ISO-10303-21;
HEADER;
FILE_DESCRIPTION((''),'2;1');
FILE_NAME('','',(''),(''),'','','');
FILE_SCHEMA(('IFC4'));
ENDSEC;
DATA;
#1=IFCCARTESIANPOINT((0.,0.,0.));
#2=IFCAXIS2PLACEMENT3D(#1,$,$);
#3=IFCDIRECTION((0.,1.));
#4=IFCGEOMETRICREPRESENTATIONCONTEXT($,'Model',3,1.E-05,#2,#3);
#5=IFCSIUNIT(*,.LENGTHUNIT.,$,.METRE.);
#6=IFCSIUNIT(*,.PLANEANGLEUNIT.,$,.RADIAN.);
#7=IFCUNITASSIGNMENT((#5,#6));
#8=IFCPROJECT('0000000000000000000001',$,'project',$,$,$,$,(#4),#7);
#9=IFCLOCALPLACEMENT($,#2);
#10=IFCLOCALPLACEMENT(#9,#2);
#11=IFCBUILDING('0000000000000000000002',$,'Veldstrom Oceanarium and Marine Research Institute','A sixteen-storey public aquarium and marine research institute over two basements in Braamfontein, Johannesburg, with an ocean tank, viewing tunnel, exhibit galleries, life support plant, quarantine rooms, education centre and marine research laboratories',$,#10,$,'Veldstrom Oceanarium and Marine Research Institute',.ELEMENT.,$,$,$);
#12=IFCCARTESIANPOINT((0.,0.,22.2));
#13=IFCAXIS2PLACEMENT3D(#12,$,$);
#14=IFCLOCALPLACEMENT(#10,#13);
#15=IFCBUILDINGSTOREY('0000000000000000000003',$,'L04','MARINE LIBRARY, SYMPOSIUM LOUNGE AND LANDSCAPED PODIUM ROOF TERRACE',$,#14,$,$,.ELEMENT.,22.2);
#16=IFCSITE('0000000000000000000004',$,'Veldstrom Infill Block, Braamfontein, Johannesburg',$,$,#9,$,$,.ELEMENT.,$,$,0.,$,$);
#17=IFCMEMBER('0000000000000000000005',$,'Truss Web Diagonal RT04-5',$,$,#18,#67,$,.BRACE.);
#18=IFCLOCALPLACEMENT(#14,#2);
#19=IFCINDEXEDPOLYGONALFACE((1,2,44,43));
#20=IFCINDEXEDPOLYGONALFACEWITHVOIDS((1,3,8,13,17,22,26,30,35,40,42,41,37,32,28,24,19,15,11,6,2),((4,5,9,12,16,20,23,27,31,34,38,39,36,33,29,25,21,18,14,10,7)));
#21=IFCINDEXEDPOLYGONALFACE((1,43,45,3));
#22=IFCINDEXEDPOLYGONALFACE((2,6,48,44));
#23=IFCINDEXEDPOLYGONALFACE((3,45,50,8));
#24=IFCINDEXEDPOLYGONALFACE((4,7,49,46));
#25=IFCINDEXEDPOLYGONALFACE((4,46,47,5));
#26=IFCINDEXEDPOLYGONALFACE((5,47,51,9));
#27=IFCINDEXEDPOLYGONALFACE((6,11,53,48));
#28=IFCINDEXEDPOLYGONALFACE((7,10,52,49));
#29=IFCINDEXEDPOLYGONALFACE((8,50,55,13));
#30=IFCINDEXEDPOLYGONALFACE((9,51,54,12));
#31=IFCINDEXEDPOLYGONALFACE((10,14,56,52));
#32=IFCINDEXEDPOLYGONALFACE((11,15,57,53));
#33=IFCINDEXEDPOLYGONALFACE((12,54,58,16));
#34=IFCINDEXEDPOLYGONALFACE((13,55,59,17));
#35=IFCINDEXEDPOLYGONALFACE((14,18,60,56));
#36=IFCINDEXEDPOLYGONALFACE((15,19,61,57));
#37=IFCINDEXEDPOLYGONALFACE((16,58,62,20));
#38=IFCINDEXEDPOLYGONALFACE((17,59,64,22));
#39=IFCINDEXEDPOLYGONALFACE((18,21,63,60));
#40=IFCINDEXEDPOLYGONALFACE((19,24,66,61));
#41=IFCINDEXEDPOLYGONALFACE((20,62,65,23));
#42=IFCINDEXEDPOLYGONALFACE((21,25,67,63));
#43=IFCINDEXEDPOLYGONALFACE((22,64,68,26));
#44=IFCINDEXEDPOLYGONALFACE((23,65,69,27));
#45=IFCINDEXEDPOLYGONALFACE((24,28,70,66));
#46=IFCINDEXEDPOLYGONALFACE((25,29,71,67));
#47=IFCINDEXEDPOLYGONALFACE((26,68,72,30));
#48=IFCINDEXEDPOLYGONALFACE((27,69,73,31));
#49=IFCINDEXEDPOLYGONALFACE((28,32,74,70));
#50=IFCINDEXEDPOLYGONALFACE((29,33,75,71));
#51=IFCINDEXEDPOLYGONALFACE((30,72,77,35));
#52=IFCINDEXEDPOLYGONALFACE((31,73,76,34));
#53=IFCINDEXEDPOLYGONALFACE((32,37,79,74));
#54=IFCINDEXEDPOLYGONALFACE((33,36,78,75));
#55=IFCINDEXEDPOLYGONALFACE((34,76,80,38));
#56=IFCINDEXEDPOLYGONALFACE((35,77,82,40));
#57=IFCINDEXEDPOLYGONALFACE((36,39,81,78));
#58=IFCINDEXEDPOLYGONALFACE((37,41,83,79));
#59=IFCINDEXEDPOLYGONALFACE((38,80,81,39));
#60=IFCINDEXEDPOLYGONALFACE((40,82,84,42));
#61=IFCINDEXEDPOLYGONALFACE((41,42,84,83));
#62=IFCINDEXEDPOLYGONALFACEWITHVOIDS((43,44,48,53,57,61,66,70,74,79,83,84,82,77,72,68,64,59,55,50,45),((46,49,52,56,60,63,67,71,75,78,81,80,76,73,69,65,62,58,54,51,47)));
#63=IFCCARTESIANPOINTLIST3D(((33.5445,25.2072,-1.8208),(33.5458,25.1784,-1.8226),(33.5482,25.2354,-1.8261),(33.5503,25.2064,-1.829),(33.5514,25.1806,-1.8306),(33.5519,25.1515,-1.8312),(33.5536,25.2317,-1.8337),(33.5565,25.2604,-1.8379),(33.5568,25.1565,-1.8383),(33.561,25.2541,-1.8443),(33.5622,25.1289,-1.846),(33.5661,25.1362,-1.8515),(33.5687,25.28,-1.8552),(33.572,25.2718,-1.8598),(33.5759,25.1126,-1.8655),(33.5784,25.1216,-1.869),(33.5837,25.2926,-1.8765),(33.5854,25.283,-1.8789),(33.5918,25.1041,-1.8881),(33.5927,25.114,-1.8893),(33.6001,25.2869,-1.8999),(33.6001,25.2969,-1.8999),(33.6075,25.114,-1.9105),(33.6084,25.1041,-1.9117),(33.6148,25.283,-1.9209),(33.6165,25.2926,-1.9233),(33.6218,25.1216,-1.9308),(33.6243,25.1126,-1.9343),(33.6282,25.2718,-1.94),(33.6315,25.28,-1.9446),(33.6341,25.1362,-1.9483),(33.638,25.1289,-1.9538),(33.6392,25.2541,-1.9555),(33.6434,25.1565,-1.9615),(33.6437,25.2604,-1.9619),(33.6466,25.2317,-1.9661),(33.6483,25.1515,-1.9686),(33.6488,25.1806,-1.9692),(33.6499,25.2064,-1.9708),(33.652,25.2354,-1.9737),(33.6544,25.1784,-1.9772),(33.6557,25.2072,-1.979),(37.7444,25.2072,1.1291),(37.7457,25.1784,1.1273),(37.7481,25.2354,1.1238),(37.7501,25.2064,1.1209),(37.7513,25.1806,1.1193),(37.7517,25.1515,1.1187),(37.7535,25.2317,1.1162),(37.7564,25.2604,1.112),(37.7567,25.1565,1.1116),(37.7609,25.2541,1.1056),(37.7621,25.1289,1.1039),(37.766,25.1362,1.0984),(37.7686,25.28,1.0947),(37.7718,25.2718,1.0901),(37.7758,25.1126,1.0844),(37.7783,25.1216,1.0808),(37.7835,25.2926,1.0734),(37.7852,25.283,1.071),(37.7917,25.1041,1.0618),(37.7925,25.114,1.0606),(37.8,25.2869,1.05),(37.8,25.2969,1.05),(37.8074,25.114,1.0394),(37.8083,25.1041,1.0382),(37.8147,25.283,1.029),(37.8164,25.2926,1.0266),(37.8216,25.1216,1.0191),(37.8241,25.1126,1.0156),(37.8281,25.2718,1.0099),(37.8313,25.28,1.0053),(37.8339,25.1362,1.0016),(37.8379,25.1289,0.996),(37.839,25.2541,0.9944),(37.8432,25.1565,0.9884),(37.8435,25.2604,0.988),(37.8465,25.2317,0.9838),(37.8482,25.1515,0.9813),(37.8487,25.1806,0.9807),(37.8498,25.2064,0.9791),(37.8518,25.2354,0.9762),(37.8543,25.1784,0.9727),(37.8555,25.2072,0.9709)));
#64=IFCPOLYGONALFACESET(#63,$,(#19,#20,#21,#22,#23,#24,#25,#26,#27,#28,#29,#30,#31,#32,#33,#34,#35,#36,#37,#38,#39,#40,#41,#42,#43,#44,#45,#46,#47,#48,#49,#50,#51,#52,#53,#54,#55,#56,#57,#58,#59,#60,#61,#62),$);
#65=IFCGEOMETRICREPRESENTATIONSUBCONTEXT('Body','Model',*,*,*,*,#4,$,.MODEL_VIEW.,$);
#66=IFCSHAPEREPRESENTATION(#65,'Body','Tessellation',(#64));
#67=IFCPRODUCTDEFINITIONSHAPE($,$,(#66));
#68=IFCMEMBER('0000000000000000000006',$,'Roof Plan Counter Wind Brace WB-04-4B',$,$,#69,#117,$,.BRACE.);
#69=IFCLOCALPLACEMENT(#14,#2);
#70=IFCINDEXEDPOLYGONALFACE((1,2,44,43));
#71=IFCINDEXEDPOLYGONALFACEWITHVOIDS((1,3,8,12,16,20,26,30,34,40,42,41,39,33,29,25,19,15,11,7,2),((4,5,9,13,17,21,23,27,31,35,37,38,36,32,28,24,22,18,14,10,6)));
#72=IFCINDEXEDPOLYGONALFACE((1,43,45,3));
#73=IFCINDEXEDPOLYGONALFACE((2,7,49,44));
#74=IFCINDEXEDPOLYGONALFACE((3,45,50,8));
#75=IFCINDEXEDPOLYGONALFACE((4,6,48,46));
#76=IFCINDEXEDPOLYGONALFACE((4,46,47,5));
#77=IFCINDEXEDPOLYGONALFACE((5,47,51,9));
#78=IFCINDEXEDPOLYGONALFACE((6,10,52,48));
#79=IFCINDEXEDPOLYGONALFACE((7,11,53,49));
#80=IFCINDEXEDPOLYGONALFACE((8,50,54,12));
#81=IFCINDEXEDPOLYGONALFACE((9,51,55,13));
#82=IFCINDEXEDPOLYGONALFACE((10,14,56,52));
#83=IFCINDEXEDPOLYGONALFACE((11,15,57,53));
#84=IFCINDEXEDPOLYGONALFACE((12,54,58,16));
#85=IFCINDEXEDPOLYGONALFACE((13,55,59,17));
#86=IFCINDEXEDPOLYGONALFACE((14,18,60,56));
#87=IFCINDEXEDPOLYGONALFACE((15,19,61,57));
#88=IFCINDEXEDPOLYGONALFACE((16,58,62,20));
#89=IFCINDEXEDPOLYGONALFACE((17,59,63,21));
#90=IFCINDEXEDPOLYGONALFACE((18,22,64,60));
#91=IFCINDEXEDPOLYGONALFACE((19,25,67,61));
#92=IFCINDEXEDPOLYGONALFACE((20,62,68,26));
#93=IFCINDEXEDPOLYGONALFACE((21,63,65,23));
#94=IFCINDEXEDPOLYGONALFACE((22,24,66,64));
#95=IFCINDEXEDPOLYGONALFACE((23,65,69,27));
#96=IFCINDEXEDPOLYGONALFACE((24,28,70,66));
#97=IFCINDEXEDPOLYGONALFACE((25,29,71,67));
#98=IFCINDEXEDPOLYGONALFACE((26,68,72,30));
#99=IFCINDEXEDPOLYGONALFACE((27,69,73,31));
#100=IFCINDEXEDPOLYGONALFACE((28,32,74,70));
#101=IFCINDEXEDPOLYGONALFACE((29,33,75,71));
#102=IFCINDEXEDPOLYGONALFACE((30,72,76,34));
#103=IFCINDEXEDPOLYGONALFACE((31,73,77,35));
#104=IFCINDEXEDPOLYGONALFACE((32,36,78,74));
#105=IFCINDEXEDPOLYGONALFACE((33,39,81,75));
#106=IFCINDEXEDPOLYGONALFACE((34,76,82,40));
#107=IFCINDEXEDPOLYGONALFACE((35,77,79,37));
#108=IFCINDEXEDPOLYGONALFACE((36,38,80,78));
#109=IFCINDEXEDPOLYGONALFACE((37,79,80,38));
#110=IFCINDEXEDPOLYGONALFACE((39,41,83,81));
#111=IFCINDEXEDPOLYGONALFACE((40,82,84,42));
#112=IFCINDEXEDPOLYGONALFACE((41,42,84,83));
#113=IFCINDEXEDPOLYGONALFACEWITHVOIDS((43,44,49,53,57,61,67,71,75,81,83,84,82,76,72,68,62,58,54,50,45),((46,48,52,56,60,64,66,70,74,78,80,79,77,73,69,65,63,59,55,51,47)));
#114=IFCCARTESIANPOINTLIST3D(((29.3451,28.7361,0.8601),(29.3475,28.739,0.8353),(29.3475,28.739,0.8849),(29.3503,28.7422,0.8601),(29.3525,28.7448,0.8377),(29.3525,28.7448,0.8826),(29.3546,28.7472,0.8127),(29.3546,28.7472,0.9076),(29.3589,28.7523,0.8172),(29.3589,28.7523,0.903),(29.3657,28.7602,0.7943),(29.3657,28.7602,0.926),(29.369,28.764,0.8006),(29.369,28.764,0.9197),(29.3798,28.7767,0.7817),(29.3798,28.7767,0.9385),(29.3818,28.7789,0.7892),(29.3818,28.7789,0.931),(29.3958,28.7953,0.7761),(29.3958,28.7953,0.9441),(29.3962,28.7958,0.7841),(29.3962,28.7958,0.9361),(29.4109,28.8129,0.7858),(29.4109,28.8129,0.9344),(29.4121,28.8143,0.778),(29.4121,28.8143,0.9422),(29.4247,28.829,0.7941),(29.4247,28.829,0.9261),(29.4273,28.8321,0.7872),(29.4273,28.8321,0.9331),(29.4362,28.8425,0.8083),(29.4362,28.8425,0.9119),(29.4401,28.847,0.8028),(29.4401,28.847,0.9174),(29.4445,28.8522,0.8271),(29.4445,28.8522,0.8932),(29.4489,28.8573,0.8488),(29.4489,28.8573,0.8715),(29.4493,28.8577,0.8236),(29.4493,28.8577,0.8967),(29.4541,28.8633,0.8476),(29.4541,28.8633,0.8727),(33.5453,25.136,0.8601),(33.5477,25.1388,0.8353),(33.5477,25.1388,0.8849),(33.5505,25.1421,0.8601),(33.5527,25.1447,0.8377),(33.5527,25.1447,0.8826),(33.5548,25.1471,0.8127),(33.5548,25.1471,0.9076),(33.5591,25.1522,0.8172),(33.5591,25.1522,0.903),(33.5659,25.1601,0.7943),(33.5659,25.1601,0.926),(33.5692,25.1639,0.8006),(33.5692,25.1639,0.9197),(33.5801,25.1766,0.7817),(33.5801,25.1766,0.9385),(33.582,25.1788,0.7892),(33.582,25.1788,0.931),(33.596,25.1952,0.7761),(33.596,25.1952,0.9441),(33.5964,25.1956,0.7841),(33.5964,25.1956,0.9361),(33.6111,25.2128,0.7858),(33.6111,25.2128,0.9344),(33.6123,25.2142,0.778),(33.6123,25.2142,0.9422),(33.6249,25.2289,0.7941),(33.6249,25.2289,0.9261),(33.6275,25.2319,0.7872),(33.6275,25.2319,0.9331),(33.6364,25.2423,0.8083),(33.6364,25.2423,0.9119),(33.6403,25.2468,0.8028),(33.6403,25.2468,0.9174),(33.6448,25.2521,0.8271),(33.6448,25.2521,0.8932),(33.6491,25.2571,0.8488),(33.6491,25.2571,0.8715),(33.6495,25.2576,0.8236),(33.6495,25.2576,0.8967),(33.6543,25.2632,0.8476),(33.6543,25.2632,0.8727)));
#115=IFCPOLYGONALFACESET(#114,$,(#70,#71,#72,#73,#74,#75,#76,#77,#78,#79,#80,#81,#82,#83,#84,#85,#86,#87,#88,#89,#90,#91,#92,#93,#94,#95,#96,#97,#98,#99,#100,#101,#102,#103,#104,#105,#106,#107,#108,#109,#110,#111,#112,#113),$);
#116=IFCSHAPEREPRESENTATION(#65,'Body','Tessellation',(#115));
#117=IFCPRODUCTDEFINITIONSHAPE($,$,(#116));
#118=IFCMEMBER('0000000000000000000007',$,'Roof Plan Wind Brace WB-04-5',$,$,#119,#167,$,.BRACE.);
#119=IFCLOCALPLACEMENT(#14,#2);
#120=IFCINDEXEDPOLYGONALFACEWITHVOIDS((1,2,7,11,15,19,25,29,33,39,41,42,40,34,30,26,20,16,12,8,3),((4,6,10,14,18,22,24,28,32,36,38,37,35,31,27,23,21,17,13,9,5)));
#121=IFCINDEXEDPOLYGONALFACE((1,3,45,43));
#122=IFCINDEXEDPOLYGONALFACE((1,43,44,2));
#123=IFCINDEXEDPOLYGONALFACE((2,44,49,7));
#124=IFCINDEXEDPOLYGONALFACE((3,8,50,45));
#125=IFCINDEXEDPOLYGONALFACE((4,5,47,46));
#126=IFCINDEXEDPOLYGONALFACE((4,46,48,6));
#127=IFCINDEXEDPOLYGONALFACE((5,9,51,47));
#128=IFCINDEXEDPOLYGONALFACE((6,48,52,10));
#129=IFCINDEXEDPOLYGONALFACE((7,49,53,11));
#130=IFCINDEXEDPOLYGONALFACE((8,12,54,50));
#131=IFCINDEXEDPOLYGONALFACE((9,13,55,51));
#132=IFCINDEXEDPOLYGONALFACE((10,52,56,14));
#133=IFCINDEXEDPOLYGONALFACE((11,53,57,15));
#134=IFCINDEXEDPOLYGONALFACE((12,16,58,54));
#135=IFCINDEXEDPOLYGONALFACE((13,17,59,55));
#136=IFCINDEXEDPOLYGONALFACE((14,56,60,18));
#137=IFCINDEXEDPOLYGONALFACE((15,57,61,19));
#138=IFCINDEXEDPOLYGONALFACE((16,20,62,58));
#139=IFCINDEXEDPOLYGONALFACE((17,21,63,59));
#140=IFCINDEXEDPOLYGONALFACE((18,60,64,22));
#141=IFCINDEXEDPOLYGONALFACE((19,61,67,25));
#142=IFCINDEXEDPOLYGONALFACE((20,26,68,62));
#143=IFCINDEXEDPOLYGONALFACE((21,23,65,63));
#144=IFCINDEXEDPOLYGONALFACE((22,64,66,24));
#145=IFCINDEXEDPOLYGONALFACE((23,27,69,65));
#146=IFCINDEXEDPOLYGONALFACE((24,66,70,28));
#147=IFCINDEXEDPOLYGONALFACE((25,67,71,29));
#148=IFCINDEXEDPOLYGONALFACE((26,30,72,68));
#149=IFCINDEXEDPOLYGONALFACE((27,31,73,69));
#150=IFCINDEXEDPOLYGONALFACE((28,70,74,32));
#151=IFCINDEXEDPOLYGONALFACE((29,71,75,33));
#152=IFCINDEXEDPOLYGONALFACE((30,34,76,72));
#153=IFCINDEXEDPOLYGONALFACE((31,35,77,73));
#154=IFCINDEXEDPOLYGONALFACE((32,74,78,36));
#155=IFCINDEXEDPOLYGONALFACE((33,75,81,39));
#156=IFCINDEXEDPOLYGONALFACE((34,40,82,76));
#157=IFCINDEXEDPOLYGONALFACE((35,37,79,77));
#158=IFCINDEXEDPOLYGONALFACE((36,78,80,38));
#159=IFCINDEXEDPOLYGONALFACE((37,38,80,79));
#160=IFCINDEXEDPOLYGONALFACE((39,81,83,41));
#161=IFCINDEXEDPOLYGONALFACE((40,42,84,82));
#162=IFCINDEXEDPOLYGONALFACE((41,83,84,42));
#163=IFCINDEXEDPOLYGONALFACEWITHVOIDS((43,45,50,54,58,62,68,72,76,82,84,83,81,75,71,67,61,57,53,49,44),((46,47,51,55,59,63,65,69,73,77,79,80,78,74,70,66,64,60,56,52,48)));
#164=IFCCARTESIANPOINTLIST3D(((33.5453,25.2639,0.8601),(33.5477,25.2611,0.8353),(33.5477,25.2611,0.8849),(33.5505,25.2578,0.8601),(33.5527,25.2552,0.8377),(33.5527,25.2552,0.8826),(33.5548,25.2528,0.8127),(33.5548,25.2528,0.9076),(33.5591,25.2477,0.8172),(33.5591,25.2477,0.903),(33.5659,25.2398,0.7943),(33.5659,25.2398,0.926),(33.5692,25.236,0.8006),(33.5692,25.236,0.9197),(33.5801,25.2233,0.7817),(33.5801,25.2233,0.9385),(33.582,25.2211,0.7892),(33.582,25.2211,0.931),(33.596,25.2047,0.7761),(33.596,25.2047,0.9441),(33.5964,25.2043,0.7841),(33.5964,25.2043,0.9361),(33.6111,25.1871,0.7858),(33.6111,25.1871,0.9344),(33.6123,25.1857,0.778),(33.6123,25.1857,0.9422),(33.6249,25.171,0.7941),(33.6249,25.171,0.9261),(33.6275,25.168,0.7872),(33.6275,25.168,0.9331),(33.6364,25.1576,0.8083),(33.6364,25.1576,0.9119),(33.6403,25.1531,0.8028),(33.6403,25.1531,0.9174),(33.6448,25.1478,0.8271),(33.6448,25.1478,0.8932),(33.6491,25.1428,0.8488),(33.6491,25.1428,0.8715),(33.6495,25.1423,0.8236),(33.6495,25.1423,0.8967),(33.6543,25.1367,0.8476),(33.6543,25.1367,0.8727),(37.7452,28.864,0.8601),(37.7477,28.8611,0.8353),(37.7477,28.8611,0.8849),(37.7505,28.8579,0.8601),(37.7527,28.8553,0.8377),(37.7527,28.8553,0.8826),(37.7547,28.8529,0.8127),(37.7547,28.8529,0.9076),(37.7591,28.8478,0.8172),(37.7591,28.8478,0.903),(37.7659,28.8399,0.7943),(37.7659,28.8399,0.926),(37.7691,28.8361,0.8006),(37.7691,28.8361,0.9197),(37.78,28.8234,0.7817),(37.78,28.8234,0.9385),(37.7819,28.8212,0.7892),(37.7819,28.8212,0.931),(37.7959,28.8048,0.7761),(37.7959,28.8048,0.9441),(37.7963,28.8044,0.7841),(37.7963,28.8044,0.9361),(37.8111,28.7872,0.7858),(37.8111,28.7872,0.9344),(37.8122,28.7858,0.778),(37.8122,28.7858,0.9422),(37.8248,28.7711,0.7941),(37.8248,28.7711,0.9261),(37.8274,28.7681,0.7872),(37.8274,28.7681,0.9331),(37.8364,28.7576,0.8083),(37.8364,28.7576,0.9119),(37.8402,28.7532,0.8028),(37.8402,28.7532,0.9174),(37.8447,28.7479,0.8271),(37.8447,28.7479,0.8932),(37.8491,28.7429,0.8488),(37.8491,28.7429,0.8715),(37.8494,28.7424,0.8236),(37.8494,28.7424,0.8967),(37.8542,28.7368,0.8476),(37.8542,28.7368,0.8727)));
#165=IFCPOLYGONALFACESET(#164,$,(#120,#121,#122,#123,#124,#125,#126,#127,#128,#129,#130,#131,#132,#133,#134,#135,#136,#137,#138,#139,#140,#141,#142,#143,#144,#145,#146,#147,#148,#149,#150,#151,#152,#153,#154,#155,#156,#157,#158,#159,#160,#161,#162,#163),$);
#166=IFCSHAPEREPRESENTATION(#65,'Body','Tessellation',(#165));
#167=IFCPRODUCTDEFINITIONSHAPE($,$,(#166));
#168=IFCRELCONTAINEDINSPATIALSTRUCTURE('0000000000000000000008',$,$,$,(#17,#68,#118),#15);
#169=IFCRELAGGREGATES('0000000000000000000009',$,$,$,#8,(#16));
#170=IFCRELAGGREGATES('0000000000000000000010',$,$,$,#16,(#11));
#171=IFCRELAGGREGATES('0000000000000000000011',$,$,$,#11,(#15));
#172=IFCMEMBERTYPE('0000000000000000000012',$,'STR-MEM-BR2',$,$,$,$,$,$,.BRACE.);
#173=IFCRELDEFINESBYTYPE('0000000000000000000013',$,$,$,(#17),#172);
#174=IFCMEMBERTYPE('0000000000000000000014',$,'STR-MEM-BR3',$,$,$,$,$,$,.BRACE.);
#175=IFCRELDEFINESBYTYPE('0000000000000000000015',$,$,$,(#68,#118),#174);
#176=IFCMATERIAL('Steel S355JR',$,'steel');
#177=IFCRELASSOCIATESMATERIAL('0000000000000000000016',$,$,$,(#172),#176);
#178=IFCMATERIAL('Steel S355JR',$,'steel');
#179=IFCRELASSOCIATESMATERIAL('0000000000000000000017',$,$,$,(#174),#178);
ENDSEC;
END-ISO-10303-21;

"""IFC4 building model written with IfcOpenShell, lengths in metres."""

from ifc_helpers import new_model, si_unit, direction, frame, origin, origin_2d, place, context, subcontext, project, spatial, hollow_circle, extrude, material, material_profile, profile_set, type_object, element, save


model = new_model("IFC4")

# Units and contexts
model_context = context("Model", 3, precision=1e-05, world=origin(), true_north=direction((0.0, 1.0)))
body_context = subcontext(model_context, "Body", "Model", "MODEL_VIEW")
ifc_project = project(units=[si_unit("LENGTHUNIT", "METRE"), si_unit("PLANEANGLEUNIT", "RADIAN")], contexts=[model_context])

# Site, building, storey
site_placement = place(None, origin())
site = spatial("IfcSite", under=ifc_project, at=site_placement, Name="Veldstrom Infill Block, Braamfontein, Johannesburg", CompositionType="ELEMENT", RefElevation=0.0)
building_placement = place(site_placement, origin())
building = spatial("IfcBuilding", under=site, at=building_placement, Name="Veldstrom Oceanarium and Marine Research Institute", Description="A sixteen-storey public aquarium and marine research institute over two basements in Braamfontein, Johannesburg, with an ocean tank, viewing tunnel, exhibit galleries, life support plant, quarantine rooms, education centre and marine research laboratories", LongName="Veldstrom Oceanarium and Marine Research Institute", CompositionType="ELEMENT")
storey_placement = place(building_placement, frame((0.0, 0.0, 22.2)))
storey = spatial("IfcBuildingStorey", under=building, at=storey_placement, Name="L04", Description="MARINE LIBRARY, SYMPOSIUM LOUNGE AND LANDSCAPED PODIUM ROOF TERRACE", CompositionType="ELEMENT", Elevation=22.2)

# Members
ifc_material_1 = material(Name="Steel S355JR", Category="steel")
ifc_material_profile_1 = material_profile(ifc_material_1, hollow_circle(Radius=0.0969, WallThickness=0.01, at=origin_2d()), Name="CHS 193.7x10")
ifc_profile_set_1 = profile_set([ifc_material_profile_1], Name="Steel S355JR")
member_type_1 = type_object("IfcMemberType", Name="STR-MEM-BR2", PredefinedType="BRACE", material=ifc_profile_set_1)
member_1_placement = place(storey_placement, frame((33.6001, 25.2, -1.8999), z_axis=(0.818317, 0.0, 0.574767), x_axis=(0.0, 1.0, 0.0)))
element("IfcMember", 1, at=member_1_placement, inside=storey, type_object=member_type_1, Name="Truss Web Diagonal RT04-5", PredefinedType="BRACE", context=body_context, shape_type="SweptSolid", body=[
    extrude(hollow_circle(Radius=0.0969, WallThickness=0.01, at=origin_2d()), origin(), (0.0, 0.0, 1.0), 5.1323),
])
ifc_material_2 = material(Name="Steel S355JR", Category="steel")
ifc_material_profile_2 = material_profile(ifc_material_2, hollow_circle(Radius=0.0842, WallThickness=0.0081, at=origin_2d()), Name="CHS 168.3x8")
ifc_profile_set_2 = profile_set([ifc_material_profile_2], Name="Steel S355JR")
member_type_2 = type_object("IfcMemberType", Name="STR-MEM-BR3", PredefinedType="BRACE", material=ifc_profile_set_2)
member_2_placement = place(storey_placement, frame((33.6001, 25.2, 0.8601), z_axis=(-0.759263, 0.650784, 0.0), x_axis=(-0.650784, -0.759263, 0.0)))
element("IfcMember", 2, at=member_2_placement, inside=storey, type_object=member_type_2, Name="Roof Plan Counter Wind Brace WB-04-4B", PredefinedType="BRACE", context=body_context, shape_type="SweptSolid", body=[
    extrude(hollow_circle(Radius=0.0842, WallThickness=0.0081, at=origin_2d()), origin(), (0.0, 0.0, 1.0), 5.532),
])
for number, where, z_axis, x_axis, name in (
    (3, (33.6001, 25.2, 0.8601), (0.759244, 0.650806, 0.0), (-0.650806, 0.759244, 0.0), "Roof Plan Wind Brace WB-04-5"),
):
    element("IfcMember", number, at=place(storey_placement, frame(where, z_axis=z_axis, x_axis=x_axis)), inside=storey, type_object=member_type_2, Name=name, PredefinedType="BRACE", context=body_context, shape_type="SweptSolid", body=[
        extrude(hollow_circle(Radius=0.0842, WallThickness=0.0081, at=origin_2d()), origin(), (0.0, 0.0, 1.0), 5.5317),
    ])

save(model, "model.ifc")
